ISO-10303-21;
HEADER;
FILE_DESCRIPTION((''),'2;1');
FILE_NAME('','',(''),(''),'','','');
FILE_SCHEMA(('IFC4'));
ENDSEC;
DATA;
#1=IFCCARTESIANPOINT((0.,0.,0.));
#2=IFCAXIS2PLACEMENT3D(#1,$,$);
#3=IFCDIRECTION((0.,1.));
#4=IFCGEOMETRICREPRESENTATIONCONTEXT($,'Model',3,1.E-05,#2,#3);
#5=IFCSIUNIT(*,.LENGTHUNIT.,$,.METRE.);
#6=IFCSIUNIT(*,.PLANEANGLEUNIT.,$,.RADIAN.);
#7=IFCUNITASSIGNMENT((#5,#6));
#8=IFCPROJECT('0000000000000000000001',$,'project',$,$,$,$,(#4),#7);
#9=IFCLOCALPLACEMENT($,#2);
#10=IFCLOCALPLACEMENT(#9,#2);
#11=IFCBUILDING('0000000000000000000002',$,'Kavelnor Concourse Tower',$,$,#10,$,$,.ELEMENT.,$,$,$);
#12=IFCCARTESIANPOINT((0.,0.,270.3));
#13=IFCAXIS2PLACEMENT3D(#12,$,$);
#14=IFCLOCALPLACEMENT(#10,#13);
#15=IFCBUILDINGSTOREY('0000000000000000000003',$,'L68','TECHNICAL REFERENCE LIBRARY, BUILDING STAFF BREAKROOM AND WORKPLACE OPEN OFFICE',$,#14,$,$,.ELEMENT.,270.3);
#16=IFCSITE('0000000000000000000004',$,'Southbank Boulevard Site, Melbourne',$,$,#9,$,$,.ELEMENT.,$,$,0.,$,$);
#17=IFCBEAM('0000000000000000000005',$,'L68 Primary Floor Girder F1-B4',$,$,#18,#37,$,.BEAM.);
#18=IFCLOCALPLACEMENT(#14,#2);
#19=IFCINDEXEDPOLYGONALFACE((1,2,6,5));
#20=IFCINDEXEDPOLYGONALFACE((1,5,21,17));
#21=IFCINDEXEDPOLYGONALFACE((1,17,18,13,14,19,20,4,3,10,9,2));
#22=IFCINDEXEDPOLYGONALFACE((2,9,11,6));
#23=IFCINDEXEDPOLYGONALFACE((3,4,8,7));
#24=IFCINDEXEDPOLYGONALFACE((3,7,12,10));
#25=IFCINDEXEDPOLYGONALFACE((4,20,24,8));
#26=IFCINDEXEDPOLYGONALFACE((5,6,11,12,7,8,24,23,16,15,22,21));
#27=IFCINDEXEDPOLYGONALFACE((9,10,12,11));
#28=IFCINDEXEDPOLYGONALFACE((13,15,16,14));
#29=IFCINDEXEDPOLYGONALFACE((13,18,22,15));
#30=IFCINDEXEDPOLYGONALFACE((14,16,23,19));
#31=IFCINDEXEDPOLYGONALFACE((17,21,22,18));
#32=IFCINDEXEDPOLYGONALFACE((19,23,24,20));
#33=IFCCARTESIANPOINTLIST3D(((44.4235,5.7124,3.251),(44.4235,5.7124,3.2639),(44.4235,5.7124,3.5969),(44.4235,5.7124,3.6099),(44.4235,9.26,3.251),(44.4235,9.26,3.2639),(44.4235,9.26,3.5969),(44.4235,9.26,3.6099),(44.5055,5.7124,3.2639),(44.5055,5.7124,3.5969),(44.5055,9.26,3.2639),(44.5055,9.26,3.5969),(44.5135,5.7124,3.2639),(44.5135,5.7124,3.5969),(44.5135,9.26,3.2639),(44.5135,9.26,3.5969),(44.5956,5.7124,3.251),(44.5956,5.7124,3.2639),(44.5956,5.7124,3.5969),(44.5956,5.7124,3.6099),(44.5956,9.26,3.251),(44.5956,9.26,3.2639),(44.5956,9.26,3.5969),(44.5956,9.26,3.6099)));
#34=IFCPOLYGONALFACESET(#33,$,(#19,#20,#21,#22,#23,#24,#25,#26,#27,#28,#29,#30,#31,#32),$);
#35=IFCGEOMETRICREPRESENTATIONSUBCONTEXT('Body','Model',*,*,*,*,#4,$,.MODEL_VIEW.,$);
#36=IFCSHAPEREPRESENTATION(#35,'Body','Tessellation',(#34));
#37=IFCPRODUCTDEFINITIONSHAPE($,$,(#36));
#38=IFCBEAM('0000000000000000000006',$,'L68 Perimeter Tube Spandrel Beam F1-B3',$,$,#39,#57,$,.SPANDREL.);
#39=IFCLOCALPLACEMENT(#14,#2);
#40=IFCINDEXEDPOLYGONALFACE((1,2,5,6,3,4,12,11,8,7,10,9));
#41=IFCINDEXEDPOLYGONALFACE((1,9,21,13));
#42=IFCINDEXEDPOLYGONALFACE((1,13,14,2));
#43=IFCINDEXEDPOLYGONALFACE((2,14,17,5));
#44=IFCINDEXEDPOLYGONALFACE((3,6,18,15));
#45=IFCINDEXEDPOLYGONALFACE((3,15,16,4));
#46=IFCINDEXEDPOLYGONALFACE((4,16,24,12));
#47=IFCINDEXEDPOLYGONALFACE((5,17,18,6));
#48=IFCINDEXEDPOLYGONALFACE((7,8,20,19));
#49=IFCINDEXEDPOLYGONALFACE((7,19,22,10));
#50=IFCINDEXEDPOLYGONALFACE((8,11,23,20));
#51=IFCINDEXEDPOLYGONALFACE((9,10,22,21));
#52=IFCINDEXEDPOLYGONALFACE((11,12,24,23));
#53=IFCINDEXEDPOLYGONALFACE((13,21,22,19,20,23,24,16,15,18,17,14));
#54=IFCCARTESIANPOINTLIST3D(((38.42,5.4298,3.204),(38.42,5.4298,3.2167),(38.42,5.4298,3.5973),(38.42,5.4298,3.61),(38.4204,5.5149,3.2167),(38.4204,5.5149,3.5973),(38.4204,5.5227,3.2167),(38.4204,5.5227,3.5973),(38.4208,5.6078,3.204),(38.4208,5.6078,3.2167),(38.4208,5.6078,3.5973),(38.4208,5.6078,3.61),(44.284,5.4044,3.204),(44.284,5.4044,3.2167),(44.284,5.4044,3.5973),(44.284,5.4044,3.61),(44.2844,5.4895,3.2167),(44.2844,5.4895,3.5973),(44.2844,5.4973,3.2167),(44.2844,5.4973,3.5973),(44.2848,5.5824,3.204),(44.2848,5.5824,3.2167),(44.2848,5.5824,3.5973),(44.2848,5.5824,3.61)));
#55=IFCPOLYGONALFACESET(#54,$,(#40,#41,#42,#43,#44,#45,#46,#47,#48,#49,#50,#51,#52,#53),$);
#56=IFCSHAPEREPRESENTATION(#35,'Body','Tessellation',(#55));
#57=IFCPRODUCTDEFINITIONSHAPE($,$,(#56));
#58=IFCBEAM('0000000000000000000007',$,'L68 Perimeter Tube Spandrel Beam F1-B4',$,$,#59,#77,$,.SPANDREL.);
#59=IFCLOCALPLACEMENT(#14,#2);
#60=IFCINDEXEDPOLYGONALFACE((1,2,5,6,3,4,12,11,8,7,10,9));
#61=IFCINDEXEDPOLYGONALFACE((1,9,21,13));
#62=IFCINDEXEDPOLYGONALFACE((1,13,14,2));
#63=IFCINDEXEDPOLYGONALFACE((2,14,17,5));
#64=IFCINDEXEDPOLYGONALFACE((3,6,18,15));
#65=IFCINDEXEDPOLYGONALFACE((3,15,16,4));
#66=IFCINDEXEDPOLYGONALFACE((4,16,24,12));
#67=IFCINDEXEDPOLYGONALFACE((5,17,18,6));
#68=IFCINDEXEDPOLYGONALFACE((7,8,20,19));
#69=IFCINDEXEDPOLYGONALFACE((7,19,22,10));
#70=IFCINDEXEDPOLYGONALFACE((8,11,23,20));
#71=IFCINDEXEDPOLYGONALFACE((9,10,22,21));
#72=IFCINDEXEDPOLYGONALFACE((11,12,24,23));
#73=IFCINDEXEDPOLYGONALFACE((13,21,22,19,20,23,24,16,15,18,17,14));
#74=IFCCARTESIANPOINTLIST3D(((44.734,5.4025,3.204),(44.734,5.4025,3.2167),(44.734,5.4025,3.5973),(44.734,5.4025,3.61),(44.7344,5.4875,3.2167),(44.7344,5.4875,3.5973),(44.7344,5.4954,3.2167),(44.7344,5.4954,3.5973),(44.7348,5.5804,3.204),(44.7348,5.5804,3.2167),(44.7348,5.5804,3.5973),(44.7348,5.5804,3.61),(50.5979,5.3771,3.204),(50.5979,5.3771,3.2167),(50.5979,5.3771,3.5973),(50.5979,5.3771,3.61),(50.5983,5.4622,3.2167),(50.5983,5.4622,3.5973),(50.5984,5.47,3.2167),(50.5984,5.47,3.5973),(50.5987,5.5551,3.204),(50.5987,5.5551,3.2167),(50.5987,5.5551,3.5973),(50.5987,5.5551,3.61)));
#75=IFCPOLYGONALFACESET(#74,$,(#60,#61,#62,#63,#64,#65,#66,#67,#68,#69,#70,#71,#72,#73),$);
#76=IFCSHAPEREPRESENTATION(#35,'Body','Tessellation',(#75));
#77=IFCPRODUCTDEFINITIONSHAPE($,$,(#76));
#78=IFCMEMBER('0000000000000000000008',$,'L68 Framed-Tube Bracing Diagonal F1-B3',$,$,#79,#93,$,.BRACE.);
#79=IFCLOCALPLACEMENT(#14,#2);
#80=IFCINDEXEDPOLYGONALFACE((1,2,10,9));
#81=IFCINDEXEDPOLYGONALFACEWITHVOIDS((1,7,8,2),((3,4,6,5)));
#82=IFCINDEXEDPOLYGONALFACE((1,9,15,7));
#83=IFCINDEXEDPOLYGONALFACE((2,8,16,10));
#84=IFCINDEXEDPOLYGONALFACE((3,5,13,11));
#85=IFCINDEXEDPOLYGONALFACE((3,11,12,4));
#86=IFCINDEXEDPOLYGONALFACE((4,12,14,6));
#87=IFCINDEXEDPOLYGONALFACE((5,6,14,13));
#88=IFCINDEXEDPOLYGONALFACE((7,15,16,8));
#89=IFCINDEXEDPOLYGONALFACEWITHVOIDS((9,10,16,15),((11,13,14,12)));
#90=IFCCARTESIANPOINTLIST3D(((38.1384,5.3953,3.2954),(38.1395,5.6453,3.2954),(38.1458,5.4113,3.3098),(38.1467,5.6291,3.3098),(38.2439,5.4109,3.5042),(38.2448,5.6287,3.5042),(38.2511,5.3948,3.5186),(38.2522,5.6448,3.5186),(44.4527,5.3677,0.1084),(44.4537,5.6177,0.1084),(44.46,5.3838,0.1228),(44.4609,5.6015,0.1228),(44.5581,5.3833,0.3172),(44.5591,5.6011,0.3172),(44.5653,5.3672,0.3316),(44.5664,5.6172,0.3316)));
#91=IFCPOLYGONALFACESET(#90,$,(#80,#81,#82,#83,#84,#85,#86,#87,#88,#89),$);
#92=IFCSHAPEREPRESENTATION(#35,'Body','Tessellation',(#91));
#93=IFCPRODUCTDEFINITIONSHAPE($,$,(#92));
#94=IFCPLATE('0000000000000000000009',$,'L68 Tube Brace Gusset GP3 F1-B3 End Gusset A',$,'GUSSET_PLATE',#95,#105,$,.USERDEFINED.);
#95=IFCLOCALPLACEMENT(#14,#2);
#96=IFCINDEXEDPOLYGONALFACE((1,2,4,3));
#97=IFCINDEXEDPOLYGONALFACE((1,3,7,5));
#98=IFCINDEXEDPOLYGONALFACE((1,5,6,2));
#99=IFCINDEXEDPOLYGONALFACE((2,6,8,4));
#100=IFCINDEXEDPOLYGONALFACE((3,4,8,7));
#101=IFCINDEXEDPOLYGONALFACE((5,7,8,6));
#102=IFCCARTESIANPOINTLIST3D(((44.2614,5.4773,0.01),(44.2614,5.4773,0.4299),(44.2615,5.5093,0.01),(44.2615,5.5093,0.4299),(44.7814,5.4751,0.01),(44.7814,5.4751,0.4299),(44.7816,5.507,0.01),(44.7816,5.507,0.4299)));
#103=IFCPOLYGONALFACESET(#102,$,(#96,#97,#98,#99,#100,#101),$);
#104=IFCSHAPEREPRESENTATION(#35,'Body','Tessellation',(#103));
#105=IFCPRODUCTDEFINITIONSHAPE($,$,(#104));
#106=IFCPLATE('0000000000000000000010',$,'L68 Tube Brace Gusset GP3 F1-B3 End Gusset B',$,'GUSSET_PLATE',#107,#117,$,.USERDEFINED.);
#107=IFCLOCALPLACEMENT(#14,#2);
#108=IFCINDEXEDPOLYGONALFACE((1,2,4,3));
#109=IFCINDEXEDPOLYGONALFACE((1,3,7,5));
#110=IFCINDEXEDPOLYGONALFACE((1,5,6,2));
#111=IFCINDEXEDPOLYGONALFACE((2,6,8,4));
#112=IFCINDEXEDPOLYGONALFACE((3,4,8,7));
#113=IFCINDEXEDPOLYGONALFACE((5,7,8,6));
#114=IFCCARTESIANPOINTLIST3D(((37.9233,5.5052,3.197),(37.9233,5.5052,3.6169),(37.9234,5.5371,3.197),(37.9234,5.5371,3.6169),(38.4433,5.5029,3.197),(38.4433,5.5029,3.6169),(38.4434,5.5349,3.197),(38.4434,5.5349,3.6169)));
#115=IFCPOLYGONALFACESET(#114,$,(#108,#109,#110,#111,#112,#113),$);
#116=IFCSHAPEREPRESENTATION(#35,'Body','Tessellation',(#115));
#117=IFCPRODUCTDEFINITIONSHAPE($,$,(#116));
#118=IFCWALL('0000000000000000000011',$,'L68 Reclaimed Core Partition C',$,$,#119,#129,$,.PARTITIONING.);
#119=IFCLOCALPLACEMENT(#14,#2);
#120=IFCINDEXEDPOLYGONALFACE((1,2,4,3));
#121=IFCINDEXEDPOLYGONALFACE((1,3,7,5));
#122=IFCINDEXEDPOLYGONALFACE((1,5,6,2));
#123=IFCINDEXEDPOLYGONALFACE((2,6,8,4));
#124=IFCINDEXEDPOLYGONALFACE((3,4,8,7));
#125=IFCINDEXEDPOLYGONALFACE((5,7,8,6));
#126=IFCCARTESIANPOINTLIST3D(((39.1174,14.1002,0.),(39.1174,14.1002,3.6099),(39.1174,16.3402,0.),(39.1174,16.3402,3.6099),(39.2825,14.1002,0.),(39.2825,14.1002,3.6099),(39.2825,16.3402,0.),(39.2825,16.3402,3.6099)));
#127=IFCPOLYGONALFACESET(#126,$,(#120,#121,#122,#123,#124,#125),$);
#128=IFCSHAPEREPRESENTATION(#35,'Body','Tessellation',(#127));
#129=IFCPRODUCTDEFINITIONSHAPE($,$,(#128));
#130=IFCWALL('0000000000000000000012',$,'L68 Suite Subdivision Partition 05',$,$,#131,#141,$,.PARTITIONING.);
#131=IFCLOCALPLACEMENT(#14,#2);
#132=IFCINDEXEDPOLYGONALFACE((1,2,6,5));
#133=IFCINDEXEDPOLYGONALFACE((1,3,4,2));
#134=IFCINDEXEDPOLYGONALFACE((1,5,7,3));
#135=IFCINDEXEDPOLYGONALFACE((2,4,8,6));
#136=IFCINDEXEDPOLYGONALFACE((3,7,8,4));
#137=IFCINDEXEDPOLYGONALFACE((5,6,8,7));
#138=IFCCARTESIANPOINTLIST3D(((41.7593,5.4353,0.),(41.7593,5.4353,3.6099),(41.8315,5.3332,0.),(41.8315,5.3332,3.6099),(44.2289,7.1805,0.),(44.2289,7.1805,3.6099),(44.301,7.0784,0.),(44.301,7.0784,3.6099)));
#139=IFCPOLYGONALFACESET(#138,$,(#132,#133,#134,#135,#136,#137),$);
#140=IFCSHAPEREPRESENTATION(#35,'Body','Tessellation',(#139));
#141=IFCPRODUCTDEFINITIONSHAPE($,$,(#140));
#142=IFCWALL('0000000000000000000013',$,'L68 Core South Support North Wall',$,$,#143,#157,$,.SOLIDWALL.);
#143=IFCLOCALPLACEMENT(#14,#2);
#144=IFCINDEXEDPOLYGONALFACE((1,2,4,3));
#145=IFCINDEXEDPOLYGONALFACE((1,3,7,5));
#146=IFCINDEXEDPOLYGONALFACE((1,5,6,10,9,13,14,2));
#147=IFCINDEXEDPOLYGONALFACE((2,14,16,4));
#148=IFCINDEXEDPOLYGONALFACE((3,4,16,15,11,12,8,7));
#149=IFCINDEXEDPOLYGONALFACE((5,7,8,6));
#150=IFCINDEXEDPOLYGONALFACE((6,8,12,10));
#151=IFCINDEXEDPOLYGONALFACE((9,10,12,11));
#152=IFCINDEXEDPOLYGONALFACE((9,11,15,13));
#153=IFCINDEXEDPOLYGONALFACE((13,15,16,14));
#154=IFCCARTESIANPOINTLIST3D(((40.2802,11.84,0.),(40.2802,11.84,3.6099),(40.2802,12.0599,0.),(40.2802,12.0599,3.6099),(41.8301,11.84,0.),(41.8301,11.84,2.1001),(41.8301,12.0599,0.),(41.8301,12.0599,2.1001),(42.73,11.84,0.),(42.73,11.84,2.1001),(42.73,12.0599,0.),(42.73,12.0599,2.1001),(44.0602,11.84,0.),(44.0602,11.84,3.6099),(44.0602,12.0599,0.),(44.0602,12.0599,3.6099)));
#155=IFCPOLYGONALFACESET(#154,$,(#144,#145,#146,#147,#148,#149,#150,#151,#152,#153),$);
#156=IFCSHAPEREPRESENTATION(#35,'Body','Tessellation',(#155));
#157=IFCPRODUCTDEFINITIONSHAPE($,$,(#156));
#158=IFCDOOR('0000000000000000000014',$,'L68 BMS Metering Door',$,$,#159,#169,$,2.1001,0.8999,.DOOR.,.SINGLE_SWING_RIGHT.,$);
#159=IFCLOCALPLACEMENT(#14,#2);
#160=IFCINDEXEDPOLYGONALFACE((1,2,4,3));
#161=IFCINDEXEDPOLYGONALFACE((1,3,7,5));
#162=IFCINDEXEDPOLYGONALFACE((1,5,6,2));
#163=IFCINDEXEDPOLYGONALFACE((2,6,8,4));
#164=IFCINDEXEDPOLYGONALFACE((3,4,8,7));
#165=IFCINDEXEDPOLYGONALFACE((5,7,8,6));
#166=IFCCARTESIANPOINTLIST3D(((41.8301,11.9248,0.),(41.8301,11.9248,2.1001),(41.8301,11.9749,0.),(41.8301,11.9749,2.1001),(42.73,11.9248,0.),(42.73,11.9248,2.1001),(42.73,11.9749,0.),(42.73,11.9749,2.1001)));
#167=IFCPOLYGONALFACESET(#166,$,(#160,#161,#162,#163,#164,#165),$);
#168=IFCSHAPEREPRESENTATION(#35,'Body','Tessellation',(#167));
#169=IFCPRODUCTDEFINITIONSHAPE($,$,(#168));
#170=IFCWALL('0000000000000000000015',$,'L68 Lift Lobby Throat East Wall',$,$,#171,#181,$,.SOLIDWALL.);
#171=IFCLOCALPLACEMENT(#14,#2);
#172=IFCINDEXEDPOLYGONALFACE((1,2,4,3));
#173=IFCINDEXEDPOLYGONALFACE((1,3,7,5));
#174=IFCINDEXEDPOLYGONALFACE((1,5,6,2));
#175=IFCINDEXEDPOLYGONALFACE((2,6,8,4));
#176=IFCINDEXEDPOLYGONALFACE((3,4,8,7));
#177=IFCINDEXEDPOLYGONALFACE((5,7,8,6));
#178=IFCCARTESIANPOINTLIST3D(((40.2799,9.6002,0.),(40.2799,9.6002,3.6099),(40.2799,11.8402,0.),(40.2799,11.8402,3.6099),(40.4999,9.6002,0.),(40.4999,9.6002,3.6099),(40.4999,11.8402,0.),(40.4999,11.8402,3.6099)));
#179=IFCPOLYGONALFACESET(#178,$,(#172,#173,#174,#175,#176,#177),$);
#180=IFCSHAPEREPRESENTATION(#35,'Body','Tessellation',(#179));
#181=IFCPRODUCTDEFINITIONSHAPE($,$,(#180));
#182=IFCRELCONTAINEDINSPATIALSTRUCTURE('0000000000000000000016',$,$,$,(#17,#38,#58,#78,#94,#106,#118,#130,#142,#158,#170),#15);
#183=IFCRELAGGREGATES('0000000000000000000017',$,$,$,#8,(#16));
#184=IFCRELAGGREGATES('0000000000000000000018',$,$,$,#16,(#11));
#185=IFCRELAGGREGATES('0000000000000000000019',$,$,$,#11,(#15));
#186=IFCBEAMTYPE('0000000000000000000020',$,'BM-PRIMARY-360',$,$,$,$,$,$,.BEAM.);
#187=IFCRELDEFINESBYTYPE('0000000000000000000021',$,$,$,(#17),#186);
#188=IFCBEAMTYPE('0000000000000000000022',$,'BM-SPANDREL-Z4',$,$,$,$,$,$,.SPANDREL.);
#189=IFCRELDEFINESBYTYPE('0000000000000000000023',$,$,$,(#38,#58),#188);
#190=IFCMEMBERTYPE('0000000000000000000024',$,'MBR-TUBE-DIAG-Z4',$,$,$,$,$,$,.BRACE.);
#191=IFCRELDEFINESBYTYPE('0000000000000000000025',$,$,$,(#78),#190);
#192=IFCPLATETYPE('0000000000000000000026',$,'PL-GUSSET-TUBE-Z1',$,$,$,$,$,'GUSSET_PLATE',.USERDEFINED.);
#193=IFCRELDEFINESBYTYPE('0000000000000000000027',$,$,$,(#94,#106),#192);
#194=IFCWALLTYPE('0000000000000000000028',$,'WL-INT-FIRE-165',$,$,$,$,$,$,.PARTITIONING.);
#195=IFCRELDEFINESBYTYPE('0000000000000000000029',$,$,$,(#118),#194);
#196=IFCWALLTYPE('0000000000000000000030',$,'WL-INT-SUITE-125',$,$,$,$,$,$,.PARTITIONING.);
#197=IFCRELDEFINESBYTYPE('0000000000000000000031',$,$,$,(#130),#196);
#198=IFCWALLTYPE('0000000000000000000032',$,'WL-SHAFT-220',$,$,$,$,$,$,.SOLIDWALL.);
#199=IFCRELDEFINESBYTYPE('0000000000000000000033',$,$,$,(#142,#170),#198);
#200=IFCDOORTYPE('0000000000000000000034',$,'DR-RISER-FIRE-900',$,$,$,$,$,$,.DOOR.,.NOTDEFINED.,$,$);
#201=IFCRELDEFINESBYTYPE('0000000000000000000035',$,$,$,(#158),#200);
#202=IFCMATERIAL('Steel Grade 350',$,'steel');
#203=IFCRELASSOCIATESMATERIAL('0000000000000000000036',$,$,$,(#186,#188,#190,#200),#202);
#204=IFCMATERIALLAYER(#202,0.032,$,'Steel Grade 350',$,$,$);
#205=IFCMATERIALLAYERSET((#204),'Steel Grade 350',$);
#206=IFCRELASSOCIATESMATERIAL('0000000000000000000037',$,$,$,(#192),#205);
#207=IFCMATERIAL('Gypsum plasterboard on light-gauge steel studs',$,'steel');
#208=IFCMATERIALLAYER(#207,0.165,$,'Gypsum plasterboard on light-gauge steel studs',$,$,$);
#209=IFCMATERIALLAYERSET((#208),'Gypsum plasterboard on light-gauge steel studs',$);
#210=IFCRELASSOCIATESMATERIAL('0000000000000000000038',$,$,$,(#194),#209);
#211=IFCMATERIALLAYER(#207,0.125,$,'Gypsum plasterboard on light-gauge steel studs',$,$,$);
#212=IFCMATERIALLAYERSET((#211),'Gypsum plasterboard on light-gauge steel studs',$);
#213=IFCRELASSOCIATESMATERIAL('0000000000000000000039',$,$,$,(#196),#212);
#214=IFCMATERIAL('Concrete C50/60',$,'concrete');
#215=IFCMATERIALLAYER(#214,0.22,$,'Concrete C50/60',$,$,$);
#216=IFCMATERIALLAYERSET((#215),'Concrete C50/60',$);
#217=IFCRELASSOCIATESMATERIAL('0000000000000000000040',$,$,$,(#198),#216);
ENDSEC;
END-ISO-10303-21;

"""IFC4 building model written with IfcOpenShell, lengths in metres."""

from ifc_helpers import new_model, si_unit, direction, frame, frame_2d, origin, origin_2d, place, context, subcontext, project, spatial, rectangle, hollow_rectangle, i_section, extrude, material, layer, layer_set, material_profile, profile_set, type_object, element, fill, save


model = new_model("IFC4")

# Units and contexts
model_context = context("Model", 3, precision=1e-05, world=origin(), true_north=direction((0.0, 1.0)))
body_context = subcontext(model_context, "Body", "Model", "MODEL_VIEW")
ifc_project = project(units=[si_unit("LENGTHUNIT", "METRE"), si_unit("PLANEANGLEUNIT", "RADIAN")], contexts=[model_context])

# Site, building, storey
site_placement = place(None, origin())
site = spatial("IfcSite", under=ifc_project, at=site_placement, Name="Southbank Boulevard Site, Melbourne", CompositionType="ELEMENT", RefElevation=0.0)
building_placement = place(site_placement, origin())
building = spatial("IfcBuilding", under=site, at=building_placement, Name="Kavelnor Concourse Tower", CompositionType="ELEMENT")
storey_placement = place(building_placement, frame((0.0, 0.0, 270.3)))
storey = spatial("IfcBuildingStorey", under=building, at=storey_placement, Name="L68", Description="TECHNICAL REFERENCE LIBRARY, BUILDING STAFF BREAKROOM AND WORKPLACE OPEN OFFICE", CompositionType="ELEMENT", Elevation=270.3)

# Shared definitions
ifc_material_1 = material(Name="Steel Grade 350", Category="steel")

# Beams
ifc_material_profile_1 = material_profile(ifc_material_1, i_section(OverallWidth=0.1721, OverallDepth=0.3589, WebThickness=0.0081, FlangeThickness=0.0129, at=origin_2d()), Name="360UB56")
ifc_profile_set_1 = profile_set([ifc_material_profile_1], Name="Steel Grade 350")
beam_type_1 = type_object("IfcBeamType", Name="BM-PRIMARY-360", PredefinedType="BEAM", material=ifc_profile_set_1)
beam_1_placement = place(storey_placement, frame((44.5095, 9.26, 3.4304), z_axis=(0.0, -1.0, 0.0), x_axis=(1.0, 0.0, 0.0)))
element("IfcBeam", 1, at=beam_1_placement, inside=storey, type_object=beam_type_1, Name="L68 Primary Floor Girder F1-B4", PredefinedType="BEAM", context=body_context, shape_type="SweptSolid", body=[
    extrude(i_section(OverallWidth=0.1721, OverallDepth=0.3589, WebThickness=0.0081, FlangeThickness=0.0129, at=origin_2d()), origin(), (0.0, 0.0, 1.0), 3.5476),
])
ifc_material_profile_2 = material_profile(ifc_material_1, i_section(OverallWidth=0.178, OverallDepth=0.406, WebThickness=0.0078, FlangeThickness=0.0127, at=origin_2d()), Name="410UB59")
ifc_profile_set_2 = profile_set([ifc_material_profile_2], Name="Steel Grade 350")
beam_type_2 = type_object("IfcBeamType", Name="BM-SPANDREL-Z4", PredefinedType="SPANDREL", material=ifc_profile_set_2)
for number, where, z_axis, x_axis, name in (
    (2, (38.4204, 5.5188, 3.407), (0.999991, -0.00433, 0.0), (0.00433, 0.999991, 0.0), "L68 Perimeter Tube Spandrel Beam F1-B3"),
    (3, (44.7344, 5.4915, 3.407), (0.999991, -0.00433, 0.0), (0.00433, 0.999991, 0.0), "L68 Perimeter Tube Spandrel Beam F1-B4"),
):
    element("IfcBeam", number, at=place(storey_placement, frame(where, z_axis=z_axis, x_axis=x_axis)), inside=storey, type_object=beam_type_2, Name=name, PredefinedType="SPANDREL", context=body_context, shape_type="SweptSolid", body=[
        extrude(i_section(OverallWidth=0.178, OverallDepth=0.406, WebThickness=0.0078, FlangeThickness=0.0127, at=origin_2d()), origin(), (0.0, 0.0, 1.0), 5.864),
    ])

# Member
ifc_material_profile_3 = material_profile(ifc_material_1, hollow_rectangle(XDim=0.25, YDim=0.25, WallThickness=0.0161, at=origin_2d()), Name="SHS 250x250x16")
ifc_profile_set_3 = profile_set([ifc_material_profile_3], Name="Steel Grade 350")
member_type = type_object("IfcMemberType", Name="MBR-TUBE-DIAG-Z4", PredefinedType="BRACE", material=ifc_profile_set_3)
member_placement = place(storey_placement, frame((44.5095, 5.4924, 0.22), z_axis=(-0.892723, 0.0039, 0.45059), x_axis=(-0.004369, -0.99999, 0.0)))
element("IfcMember", 4, at=member_placement, inside=storey, type_object=member_type, Name="L68 Framed-Tube Bracing Diagonal F1-B3", PredefinedType="BRACE", context=body_context, shape_type="SweptSolid", body=[
    extrude(hollow_rectangle(XDim=0.25, YDim=0.25, WallThickness=0.0161, at=origin_2d()), origin(), (0.0, 0.0, 1.0), 7.073),
])

# Plates
ifc_layer_1 = layer(ifc_material_1, 0.032, Name="Steel Grade 350")
ifc_layer_set_1 = layer_set([ifc_layer_1], Name="Steel Grade 350")
plate_type = type_object("IfcPlateType", Name="PL-GUSSET-TUBE-Z1", ElementType="GUSSET_PLATE", PredefinedType="USERDEFINED", material=ifc_layer_set_1)
for number, where, z_axis, x_axis, name in (
    (5, (44.5215, 5.4922, 0.01), (0.0, 0.0, 1.0), (-0.99999, 0.004363, 0.0), "L68 Tube Brace Gusset GP3 F1-B3 End Gusset A"),
    (6, (38.1833, 5.52, 3.197), (0.0, 0.0, 1.0), (-0.99999, 0.004363, 0.0), "L68 Tube Brace Gusset GP3 F1-B3 End Gusset B"),
):
    element("IfcPlate", number, at=place(storey_placement, frame(where, z_axis=z_axis, x_axis=x_axis)), inside=storey, type_object=plate_type, Name=name, ObjectType="GUSSET_PLATE", PredefinedType="USERDEFINED", context=body_context, shape_type="SweptSolid", body=[
        extrude(rectangle(XDim=0.52, YDim=0.032, at=origin_2d()), origin(), (0.0, 0.0, 1.0), 0.4199),
    ])

# Walls
ifc_material_2 = material(Name="Gypsum plasterboard on light-gauge steel studs", Category="steel")
ifc_layer_2 = layer(ifc_material_2, 0.165, Name="Gypsum plasterboard on light-gauge steel studs")
ifc_layer_set_2 = layer_set([ifc_layer_2], Name="Gypsum plasterboard on light-gauge steel studs")
wall_type_1 = type_object("IfcWallType", Name="WL-INT-FIRE-165", PredefinedType="PARTITIONING", material=ifc_layer_set_2)
wall_1_placement = place(storey_placement, frame((39.2, 14.1001, 0.0), z_axis=(0.0, 0.0, 1.0), x_axis=(0.0, 1.0, 0.0)))
element("IfcWall", 7, at=wall_1_placement, inside=storey, type_object=wall_type_1, Name="L68 Reclaimed Core Partition C", PredefinedType="PARTITIONING", context=body_context, shape_type="SweptSolid", body=[
    extrude(rectangle(XDim=2.24, YDim=0.165, at=frame_2d((1.1201, 0.0))), origin(), (0.0, 0.0, 1.0), 3.6099),
])
ifc_layer_3 = layer(ifc_material_2, 0.125, Name="Gypsum plasterboard on light-gauge steel studs")
ifc_layer_set_3 = layer_set([ifc_layer_3], Name="Gypsum plasterboard on light-gauge steel studs")
wall_type_2 = type_object("IfcWallType", Name="WL-INT-SUITE-125", PredefinedType="PARTITIONING", material=ifc_layer_set_3)
wall_2_placement = place(storey_placement, frame((41.7954, 5.3843, 0.0), z_axis=(0.0, 0.0, 1.0), x_axis=(0.816663, 0.577114, 0.0)))
element("IfcWall", 8, at=wall_2_placement, inside=storey, type_object=wall_type_2, Name="L68 Suite Subdivision Partition 05", PredefinedType="PARTITIONING", context=body_context, shape_type="SweptSolid", body=[
    extrude(rectangle(XDim=3.0239, YDim=0.125, at=frame_2d((1.512, 0.0))), origin(), (0.0, 0.0, 1.0), 3.6099),
])

# Wall, opening, door
ifc_material_3 = material(Name="Concrete C50/60", Category="concrete")
ifc_layer_4 = layer(ifc_material_3, 0.22, Name="Concrete C50/60")
ifc_layer_set_4 = layer_set([ifc_layer_4], Name="Concrete C50/60")
wall_type_3 = type_object("IfcWallType", Name="WL-SHAFT-220", PredefinedType="SOLIDWALL", material=ifc_layer_set_4)
wall_3_placement = place(storey_placement, frame((40.28, 11.95, 0.0), z_axis=(0.0, 0.0, 1.0), x_axis=(1.0, 0.0, 0.0)))
wall_3 = element("IfcWall", 9, at=wall_3_placement, inside=storey, type_object=wall_type_3, Name="L68 Core South Support North Wall", PredefinedType="SOLIDWALL", context=body_context, shape_type="SweptSolid", body=[
    extrude(rectangle(XDim=3.78, YDim=0.22, at=frame_2d((1.8901, 0.0))), origin(), (0.0, 0.0, 1.0), 3.6099),
])
opening_1_placement = place(wall_3_placement, frame((1.55, 0.0, 0.0)))
opening_1 = element("IfcOpeningElement", 10, at=opening_1_placement, cuts=wall_3, PredefinedType="OPENING", context=body_context, shape_type="SweptSolid", body=[
    extrude(rectangle(XDim=0.8999, YDim=2.1001, at=frame_2d((0.45, 1.05))), frame((0.0, 0.1201, 0.0), z_axis=(0.0, -1.0, 0.0), x_axis=(1.0, 0.0, 0.0)), (0.0, 0.0, 1.0), 0.24),
])
door_type_1 = type_object("IfcDoorType", Name="DR-RISER-FIRE-900", OperationType="NOTDEFINED", PredefinedType="DOOR", material=ifc_material_1)
door_1_placement = place(opening_1_placement, origin())
door_1 = element("IfcDoor", 11, at=door_1_placement, inside=storey, type_object=door_type_1, Name="L68 BMS Metering Door", OperationType="SINGLE_SWING_RIGHT", OverallHeight=2.1001, OverallWidth=0.8999, PredefinedType="DOOR", context=body_context, shape_type="SweptSolid", body=[
    extrude(rectangle(XDim=0.8999, YDim=2.1001, at=frame_2d((0.45, 1.05))), frame((0.0, 0.0249, 0.0), z_axis=(0.0, -1.0, 0.0), x_axis=(1.0, 0.0, 0.0)), (0.0, 0.0, 1.0), 0.05),
])
fill(opening_1, door_1)

# Wall
wall_4_placement = place(storey_placement, frame((40.3899, 9.6001, 0.0), z_axis=(0.0, 0.0, 1.0), x_axis=(0.0, 1.0, 0.0)))
element("IfcWall", 12, at=wall_4_placement, inside=storey, type_object=wall_type_3, Name="L68 Lift Lobby Throat East Wall", PredefinedType="SOLIDWALL", context=body_context, shape_type="SweptSolid", body=[
    extrude(rectangle(XDim=2.24, YDim=0.22, at=frame_2d((1.1201, 0.0))), origin(), (0.0, 0.0, 1.0), 3.6099),
])

save(model, "model.ifc")
